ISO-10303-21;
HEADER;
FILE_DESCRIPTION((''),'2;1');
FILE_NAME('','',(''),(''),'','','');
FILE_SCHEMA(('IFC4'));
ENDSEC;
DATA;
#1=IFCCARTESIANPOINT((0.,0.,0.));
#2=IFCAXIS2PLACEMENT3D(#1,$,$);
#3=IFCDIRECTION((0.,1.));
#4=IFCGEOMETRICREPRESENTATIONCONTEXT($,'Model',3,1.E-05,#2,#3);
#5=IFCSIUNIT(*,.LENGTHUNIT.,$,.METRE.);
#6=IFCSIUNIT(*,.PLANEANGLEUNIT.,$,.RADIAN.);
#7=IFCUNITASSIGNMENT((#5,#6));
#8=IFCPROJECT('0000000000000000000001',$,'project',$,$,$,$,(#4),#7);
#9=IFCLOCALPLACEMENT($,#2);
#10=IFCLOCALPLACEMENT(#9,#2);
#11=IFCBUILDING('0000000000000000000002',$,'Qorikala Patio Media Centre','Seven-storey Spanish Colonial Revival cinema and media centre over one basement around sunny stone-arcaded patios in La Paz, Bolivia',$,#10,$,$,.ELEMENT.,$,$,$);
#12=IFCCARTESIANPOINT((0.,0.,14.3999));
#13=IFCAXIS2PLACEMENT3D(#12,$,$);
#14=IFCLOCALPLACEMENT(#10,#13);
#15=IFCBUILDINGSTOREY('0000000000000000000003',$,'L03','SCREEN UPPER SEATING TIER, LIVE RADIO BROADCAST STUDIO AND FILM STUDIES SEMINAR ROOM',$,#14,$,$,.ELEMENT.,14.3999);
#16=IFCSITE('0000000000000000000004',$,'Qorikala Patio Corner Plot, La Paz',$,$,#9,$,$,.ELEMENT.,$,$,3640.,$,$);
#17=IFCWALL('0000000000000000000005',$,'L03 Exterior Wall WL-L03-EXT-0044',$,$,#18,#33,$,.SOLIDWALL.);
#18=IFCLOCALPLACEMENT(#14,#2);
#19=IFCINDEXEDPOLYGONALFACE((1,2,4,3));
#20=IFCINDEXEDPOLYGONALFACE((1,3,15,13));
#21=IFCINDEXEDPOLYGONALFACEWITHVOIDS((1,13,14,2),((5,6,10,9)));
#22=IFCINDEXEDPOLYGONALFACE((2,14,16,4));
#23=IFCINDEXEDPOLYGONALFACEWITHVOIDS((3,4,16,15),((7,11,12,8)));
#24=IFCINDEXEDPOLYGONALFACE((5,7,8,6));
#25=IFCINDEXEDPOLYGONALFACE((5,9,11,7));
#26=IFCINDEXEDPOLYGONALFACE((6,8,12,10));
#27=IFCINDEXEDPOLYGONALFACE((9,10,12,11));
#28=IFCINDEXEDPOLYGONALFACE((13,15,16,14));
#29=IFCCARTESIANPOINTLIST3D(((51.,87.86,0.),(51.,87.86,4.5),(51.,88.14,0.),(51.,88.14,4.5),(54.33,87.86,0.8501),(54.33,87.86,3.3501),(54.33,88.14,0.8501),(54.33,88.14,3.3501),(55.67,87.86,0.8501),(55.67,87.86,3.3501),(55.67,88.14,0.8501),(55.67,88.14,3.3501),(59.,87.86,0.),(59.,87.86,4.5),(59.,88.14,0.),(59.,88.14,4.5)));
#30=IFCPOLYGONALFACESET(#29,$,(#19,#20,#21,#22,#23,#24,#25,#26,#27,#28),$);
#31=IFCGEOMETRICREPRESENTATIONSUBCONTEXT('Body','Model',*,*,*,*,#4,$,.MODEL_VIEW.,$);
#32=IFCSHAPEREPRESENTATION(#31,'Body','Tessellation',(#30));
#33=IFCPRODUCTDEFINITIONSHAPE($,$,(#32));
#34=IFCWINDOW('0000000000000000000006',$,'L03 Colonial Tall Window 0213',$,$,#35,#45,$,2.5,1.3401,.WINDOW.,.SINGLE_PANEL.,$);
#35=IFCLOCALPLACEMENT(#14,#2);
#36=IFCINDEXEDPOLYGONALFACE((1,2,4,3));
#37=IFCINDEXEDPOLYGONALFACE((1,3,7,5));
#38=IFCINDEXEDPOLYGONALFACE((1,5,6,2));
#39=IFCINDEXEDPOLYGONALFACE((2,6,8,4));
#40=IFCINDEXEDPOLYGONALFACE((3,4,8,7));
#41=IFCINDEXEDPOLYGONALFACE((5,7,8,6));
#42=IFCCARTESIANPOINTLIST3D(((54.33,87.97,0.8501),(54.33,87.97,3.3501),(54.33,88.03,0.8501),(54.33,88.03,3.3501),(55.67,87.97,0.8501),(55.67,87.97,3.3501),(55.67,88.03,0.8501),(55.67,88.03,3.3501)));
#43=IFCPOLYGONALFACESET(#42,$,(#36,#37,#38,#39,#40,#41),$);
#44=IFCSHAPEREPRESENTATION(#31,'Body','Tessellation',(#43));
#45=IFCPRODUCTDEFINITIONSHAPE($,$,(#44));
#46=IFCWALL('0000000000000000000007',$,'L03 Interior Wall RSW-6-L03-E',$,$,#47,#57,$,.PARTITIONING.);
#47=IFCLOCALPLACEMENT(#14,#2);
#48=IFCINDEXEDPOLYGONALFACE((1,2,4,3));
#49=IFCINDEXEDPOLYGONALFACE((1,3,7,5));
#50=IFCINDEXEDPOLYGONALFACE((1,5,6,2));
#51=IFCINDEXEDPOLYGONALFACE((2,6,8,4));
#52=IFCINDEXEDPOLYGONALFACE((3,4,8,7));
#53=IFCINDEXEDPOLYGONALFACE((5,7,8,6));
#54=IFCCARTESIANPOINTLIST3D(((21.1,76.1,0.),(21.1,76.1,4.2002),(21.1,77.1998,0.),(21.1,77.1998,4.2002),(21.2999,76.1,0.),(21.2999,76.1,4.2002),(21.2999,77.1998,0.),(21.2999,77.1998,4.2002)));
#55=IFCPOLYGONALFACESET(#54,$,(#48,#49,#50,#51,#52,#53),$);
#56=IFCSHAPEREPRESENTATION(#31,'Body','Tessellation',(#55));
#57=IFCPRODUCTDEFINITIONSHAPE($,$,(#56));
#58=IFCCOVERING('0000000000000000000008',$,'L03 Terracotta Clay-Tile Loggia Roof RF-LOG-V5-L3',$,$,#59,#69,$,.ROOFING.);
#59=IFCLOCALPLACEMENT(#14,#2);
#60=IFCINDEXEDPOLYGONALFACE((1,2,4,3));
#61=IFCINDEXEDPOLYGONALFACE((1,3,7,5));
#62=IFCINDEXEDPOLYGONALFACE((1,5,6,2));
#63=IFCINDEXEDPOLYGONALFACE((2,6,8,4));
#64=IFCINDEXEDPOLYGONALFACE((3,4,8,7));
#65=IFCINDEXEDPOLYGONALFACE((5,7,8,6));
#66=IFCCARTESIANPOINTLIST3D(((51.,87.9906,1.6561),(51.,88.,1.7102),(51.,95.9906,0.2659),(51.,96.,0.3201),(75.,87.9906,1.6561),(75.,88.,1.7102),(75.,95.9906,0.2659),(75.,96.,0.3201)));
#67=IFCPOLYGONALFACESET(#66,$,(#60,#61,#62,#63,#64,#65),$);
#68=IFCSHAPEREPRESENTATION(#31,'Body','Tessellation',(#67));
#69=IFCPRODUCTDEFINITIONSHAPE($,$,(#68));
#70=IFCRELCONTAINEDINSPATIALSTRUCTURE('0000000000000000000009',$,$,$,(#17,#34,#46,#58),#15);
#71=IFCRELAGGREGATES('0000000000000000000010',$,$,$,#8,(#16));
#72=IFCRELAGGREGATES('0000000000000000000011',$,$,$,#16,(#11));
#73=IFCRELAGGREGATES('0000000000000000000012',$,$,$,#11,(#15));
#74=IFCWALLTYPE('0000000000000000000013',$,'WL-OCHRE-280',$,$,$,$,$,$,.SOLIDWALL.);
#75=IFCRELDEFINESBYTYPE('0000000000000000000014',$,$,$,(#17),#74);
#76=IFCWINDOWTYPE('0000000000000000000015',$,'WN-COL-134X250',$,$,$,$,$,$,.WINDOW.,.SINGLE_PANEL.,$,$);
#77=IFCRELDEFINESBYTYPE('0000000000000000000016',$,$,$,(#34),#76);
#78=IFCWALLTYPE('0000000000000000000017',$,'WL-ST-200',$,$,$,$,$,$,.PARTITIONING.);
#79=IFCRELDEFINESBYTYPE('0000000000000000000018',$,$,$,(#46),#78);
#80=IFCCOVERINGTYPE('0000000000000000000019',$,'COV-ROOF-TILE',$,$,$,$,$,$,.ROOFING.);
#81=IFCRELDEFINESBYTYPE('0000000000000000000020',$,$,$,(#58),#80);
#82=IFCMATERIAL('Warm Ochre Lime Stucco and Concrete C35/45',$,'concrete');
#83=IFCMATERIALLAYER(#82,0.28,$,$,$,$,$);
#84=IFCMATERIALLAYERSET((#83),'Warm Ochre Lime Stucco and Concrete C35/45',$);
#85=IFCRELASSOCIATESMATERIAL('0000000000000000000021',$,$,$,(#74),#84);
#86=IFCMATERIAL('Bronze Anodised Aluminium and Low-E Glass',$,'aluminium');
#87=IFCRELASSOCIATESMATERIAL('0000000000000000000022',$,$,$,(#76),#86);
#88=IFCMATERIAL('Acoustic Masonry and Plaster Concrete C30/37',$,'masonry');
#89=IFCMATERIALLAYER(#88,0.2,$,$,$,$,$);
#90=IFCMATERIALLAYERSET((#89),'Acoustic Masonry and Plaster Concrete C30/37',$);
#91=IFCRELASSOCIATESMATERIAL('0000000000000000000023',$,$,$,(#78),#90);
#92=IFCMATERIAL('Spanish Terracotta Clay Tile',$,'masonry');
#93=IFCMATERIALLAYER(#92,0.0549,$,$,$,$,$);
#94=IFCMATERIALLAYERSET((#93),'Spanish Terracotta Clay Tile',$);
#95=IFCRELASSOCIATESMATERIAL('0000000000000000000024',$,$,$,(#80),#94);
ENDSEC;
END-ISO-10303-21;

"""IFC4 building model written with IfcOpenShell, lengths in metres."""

from ifc_helpers import new_model, si_unit, direction, frame, frame_2d, origin, place, context, subcontext, project, spatial, polyline, rectangle, outline, extrude, material, layer, layer_set, type_object, element, fill, save


model = new_model("IFC4")

# Units and contexts
model_context = context("Model", 3, precision=1e-05, world=origin(), true_north=direction((0.0, 1.0)))
body_context = subcontext(model_context, "Body", "Model", "MODEL_VIEW")
ifc_project = project(units=[si_unit("LENGTHUNIT", "METRE"), si_unit("PLANEANGLEUNIT", "RADIAN")], contexts=[model_context])

# Site, building, storey
site_placement = place(None, origin())
site = spatial("IfcSite", under=ifc_project, at=site_placement, Name="Qorikala Patio Corner Plot, La Paz", CompositionType="ELEMENT", RefElevation=3640.0)
building_placement = place(site_placement, origin())
building = spatial("IfcBuilding", under=site, at=building_placement, Name="Qorikala Patio Media Centre", Description="Seven-storey Spanish Colonial Revival cinema and media centre over one basement around sunny stone-arcaded patios in La Paz, Bolivia", CompositionType="ELEMENT")
storey_placement = place(building_placement, frame((0.0, 0.0, 14.3999)))
storey = spatial("IfcBuildingStorey", under=building, at=storey_placement, Name="L03", Description="SCREEN UPPER SEATING TIER, LIVE RADIO BROADCAST STUDIO AND FILM STUDIES SEMINAR ROOM", CompositionType="ELEMENT", Elevation=14.3999)

# Shared definitions
ifc_material_1 = material(Name="Warm Ochre Lime Stucco and Concrete C35/45", Category="concrete")
ifc_layer_1 = layer(ifc_material_1, 0.28)
ifc_layer_set_1 = layer_set([ifc_layer_1], Name="Warm Ochre Lime Stucco and Concrete C35/45")
wall_type_1 = type_object("IfcWallType", Name="WL-OCHRE-280", PredefinedType="SOLIDWALL", material=ifc_layer_set_1)

# Wall, opening, window
ifc_material_2 = material(Name="Bronze Anodised Aluminium and Low-E Glass", Category="aluminium")
wall_1_placement = place(storey_placement, frame((51.0, 88.0, 0.0), z_axis=(0.0, 0.0, 1.0), x_axis=(1.0, 0.0, 0.0)))
wall_1 = element("IfcWall", 1, at=wall_1_placement, inside=storey, type_object=wall_type_1, Name="L03 Exterior Wall WL-L03-EXT-0044", PredefinedType="SOLIDWALL", context=body_context, shape_type="SweptSolid", body=[
    extrude(rectangle(XDim=8.0, YDim=0.28, at=frame_2d((4.0, 0.0))), origin(), (0.0, 0.0, 1.0), 4.5),
])
opening_1_placement = place(wall_1_placement, frame((3.3301, 0.0, 0.8501)))
opening_1 = element("IfcOpeningElement", 2, at=opening_1_placement, cuts=wall_1, PredefinedType="OPENING", context=body_context, shape_type="SweptSolid", body=[
    extrude(rectangle(XDim=1.3401, YDim=2.5, at=frame_2d((0.6699, 1.25))), frame((0.0, 0.1499, 0.0), z_axis=(0.0, -1.0, 0.0), x_axis=(1.0, 0.0, 0.0)), (0.0, 0.0, 1.0), 0.3),
])
window_type_1 = type_object("IfcWindowType", Name="WN-COL-134X250", PartitioningType="SINGLE_PANEL", PredefinedType="WINDOW", material=ifc_material_2)
window_1_placement = place(opening_1_placement, origin())
window_1 = element("IfcWindow", 3, at=window_1_placement, inside=storey, type_object=window_type_1, Name="L03 Colonial Tall Window 0213", OverallHeight=2.5, OverallWidth=1.3401, PartitioningType="SINGLE_PANEL", PredefinedType="WINDOW", context=body_context, shape_type="SweptSolid", body=[
    extrude(rectangle(XDim=1.3401, YDim=2.5, at=frame_2d((0.6699, 1.25))), frame((0.0, 0.03, 0.0), z_axis=(0.0, -1.0, 0.0), x_axis=(1.0, 0.0, 0.0)), (0.0, 0.0, 1.0), 0.0601),
])
fill(opening_1, window_1)

# Wall
ifc_material_3 = material(Name="Acoustic Masonry and Plaster Concrete C30/37", Category="masonry")
ifc_layer_2 = layer(ifc_material_3, 0.2)
ifc_layer_set_2 = layer_set([ifc_layer_2], Name="Acoustic Masonry and Plaster Concrete C30/37")
wall_type_2 = type_object("IfcWallType", Name="WL-ST-200", PredefinedType="PARTITIONING", material=ifc_layer_set_2)
wall_2_placement = place(storey_placement, frame((21.2, 76.1001, 0.0), z_axis=(0.0, 0.0, 1.0), x_axis=(0.0, 1.0, 0.0)))
element("IfcWall", 4, at=wall_2_placement, inside=storey, type_object=wall_type_2, Name="L03 Interior Wall RSW-6-L03-E", PredefinedType="PARTITIONING", context=body_context, shape_type="SweptSolid", body=[
    extrude(rectangle(XDim=1.0999, YDim=0.2, at=frame_2d((0.5498, 0.0))), origin(), (0.0, 0.0, 1.0), 4.2002),
])

# Covering
ifc_material_4 = material(Name="Spanish Terracotta Clay Tile", Category="masonry")
ifc_layer_3 = layer(ifc_material_4, 0.0549)
ifc_layer_set_3 = layer_set([ifc_layer_3], Name="Spanish Terracotta Clay Tile")
covering_type = type_object("IfcCoveringType", Name="COV-ROOF-TILE", PredefinedType="ROOFING", material=ifc_layer_set_3)
covering_placement = place(storey_placement, frame((51.0, 96.0, 0.3201), z_axis=(0.0, 0.171202, 0.985236), x_axis=(1.0, 0.0, 0.0)))
element("IfcCovering", 5, at=covering_placement, inside=storey, type_object=covering_type, Name="L03 Terracotta Clay-Tile Loggia Roof RF-LOG-V5-L3", PredefinedType="ROOFING", context=body_context, shape_type="SweptSolid", body=[
    extrude(outline(polyline([(0.0, 0.0), (24.0, 0.0), (24.0, -8.1199), (0.0, -8.1199), (0.0, 0.0)])), origin(), (0.0, 0.0, -1.0), 0.0549),
])

save(model, "model.ifc")
